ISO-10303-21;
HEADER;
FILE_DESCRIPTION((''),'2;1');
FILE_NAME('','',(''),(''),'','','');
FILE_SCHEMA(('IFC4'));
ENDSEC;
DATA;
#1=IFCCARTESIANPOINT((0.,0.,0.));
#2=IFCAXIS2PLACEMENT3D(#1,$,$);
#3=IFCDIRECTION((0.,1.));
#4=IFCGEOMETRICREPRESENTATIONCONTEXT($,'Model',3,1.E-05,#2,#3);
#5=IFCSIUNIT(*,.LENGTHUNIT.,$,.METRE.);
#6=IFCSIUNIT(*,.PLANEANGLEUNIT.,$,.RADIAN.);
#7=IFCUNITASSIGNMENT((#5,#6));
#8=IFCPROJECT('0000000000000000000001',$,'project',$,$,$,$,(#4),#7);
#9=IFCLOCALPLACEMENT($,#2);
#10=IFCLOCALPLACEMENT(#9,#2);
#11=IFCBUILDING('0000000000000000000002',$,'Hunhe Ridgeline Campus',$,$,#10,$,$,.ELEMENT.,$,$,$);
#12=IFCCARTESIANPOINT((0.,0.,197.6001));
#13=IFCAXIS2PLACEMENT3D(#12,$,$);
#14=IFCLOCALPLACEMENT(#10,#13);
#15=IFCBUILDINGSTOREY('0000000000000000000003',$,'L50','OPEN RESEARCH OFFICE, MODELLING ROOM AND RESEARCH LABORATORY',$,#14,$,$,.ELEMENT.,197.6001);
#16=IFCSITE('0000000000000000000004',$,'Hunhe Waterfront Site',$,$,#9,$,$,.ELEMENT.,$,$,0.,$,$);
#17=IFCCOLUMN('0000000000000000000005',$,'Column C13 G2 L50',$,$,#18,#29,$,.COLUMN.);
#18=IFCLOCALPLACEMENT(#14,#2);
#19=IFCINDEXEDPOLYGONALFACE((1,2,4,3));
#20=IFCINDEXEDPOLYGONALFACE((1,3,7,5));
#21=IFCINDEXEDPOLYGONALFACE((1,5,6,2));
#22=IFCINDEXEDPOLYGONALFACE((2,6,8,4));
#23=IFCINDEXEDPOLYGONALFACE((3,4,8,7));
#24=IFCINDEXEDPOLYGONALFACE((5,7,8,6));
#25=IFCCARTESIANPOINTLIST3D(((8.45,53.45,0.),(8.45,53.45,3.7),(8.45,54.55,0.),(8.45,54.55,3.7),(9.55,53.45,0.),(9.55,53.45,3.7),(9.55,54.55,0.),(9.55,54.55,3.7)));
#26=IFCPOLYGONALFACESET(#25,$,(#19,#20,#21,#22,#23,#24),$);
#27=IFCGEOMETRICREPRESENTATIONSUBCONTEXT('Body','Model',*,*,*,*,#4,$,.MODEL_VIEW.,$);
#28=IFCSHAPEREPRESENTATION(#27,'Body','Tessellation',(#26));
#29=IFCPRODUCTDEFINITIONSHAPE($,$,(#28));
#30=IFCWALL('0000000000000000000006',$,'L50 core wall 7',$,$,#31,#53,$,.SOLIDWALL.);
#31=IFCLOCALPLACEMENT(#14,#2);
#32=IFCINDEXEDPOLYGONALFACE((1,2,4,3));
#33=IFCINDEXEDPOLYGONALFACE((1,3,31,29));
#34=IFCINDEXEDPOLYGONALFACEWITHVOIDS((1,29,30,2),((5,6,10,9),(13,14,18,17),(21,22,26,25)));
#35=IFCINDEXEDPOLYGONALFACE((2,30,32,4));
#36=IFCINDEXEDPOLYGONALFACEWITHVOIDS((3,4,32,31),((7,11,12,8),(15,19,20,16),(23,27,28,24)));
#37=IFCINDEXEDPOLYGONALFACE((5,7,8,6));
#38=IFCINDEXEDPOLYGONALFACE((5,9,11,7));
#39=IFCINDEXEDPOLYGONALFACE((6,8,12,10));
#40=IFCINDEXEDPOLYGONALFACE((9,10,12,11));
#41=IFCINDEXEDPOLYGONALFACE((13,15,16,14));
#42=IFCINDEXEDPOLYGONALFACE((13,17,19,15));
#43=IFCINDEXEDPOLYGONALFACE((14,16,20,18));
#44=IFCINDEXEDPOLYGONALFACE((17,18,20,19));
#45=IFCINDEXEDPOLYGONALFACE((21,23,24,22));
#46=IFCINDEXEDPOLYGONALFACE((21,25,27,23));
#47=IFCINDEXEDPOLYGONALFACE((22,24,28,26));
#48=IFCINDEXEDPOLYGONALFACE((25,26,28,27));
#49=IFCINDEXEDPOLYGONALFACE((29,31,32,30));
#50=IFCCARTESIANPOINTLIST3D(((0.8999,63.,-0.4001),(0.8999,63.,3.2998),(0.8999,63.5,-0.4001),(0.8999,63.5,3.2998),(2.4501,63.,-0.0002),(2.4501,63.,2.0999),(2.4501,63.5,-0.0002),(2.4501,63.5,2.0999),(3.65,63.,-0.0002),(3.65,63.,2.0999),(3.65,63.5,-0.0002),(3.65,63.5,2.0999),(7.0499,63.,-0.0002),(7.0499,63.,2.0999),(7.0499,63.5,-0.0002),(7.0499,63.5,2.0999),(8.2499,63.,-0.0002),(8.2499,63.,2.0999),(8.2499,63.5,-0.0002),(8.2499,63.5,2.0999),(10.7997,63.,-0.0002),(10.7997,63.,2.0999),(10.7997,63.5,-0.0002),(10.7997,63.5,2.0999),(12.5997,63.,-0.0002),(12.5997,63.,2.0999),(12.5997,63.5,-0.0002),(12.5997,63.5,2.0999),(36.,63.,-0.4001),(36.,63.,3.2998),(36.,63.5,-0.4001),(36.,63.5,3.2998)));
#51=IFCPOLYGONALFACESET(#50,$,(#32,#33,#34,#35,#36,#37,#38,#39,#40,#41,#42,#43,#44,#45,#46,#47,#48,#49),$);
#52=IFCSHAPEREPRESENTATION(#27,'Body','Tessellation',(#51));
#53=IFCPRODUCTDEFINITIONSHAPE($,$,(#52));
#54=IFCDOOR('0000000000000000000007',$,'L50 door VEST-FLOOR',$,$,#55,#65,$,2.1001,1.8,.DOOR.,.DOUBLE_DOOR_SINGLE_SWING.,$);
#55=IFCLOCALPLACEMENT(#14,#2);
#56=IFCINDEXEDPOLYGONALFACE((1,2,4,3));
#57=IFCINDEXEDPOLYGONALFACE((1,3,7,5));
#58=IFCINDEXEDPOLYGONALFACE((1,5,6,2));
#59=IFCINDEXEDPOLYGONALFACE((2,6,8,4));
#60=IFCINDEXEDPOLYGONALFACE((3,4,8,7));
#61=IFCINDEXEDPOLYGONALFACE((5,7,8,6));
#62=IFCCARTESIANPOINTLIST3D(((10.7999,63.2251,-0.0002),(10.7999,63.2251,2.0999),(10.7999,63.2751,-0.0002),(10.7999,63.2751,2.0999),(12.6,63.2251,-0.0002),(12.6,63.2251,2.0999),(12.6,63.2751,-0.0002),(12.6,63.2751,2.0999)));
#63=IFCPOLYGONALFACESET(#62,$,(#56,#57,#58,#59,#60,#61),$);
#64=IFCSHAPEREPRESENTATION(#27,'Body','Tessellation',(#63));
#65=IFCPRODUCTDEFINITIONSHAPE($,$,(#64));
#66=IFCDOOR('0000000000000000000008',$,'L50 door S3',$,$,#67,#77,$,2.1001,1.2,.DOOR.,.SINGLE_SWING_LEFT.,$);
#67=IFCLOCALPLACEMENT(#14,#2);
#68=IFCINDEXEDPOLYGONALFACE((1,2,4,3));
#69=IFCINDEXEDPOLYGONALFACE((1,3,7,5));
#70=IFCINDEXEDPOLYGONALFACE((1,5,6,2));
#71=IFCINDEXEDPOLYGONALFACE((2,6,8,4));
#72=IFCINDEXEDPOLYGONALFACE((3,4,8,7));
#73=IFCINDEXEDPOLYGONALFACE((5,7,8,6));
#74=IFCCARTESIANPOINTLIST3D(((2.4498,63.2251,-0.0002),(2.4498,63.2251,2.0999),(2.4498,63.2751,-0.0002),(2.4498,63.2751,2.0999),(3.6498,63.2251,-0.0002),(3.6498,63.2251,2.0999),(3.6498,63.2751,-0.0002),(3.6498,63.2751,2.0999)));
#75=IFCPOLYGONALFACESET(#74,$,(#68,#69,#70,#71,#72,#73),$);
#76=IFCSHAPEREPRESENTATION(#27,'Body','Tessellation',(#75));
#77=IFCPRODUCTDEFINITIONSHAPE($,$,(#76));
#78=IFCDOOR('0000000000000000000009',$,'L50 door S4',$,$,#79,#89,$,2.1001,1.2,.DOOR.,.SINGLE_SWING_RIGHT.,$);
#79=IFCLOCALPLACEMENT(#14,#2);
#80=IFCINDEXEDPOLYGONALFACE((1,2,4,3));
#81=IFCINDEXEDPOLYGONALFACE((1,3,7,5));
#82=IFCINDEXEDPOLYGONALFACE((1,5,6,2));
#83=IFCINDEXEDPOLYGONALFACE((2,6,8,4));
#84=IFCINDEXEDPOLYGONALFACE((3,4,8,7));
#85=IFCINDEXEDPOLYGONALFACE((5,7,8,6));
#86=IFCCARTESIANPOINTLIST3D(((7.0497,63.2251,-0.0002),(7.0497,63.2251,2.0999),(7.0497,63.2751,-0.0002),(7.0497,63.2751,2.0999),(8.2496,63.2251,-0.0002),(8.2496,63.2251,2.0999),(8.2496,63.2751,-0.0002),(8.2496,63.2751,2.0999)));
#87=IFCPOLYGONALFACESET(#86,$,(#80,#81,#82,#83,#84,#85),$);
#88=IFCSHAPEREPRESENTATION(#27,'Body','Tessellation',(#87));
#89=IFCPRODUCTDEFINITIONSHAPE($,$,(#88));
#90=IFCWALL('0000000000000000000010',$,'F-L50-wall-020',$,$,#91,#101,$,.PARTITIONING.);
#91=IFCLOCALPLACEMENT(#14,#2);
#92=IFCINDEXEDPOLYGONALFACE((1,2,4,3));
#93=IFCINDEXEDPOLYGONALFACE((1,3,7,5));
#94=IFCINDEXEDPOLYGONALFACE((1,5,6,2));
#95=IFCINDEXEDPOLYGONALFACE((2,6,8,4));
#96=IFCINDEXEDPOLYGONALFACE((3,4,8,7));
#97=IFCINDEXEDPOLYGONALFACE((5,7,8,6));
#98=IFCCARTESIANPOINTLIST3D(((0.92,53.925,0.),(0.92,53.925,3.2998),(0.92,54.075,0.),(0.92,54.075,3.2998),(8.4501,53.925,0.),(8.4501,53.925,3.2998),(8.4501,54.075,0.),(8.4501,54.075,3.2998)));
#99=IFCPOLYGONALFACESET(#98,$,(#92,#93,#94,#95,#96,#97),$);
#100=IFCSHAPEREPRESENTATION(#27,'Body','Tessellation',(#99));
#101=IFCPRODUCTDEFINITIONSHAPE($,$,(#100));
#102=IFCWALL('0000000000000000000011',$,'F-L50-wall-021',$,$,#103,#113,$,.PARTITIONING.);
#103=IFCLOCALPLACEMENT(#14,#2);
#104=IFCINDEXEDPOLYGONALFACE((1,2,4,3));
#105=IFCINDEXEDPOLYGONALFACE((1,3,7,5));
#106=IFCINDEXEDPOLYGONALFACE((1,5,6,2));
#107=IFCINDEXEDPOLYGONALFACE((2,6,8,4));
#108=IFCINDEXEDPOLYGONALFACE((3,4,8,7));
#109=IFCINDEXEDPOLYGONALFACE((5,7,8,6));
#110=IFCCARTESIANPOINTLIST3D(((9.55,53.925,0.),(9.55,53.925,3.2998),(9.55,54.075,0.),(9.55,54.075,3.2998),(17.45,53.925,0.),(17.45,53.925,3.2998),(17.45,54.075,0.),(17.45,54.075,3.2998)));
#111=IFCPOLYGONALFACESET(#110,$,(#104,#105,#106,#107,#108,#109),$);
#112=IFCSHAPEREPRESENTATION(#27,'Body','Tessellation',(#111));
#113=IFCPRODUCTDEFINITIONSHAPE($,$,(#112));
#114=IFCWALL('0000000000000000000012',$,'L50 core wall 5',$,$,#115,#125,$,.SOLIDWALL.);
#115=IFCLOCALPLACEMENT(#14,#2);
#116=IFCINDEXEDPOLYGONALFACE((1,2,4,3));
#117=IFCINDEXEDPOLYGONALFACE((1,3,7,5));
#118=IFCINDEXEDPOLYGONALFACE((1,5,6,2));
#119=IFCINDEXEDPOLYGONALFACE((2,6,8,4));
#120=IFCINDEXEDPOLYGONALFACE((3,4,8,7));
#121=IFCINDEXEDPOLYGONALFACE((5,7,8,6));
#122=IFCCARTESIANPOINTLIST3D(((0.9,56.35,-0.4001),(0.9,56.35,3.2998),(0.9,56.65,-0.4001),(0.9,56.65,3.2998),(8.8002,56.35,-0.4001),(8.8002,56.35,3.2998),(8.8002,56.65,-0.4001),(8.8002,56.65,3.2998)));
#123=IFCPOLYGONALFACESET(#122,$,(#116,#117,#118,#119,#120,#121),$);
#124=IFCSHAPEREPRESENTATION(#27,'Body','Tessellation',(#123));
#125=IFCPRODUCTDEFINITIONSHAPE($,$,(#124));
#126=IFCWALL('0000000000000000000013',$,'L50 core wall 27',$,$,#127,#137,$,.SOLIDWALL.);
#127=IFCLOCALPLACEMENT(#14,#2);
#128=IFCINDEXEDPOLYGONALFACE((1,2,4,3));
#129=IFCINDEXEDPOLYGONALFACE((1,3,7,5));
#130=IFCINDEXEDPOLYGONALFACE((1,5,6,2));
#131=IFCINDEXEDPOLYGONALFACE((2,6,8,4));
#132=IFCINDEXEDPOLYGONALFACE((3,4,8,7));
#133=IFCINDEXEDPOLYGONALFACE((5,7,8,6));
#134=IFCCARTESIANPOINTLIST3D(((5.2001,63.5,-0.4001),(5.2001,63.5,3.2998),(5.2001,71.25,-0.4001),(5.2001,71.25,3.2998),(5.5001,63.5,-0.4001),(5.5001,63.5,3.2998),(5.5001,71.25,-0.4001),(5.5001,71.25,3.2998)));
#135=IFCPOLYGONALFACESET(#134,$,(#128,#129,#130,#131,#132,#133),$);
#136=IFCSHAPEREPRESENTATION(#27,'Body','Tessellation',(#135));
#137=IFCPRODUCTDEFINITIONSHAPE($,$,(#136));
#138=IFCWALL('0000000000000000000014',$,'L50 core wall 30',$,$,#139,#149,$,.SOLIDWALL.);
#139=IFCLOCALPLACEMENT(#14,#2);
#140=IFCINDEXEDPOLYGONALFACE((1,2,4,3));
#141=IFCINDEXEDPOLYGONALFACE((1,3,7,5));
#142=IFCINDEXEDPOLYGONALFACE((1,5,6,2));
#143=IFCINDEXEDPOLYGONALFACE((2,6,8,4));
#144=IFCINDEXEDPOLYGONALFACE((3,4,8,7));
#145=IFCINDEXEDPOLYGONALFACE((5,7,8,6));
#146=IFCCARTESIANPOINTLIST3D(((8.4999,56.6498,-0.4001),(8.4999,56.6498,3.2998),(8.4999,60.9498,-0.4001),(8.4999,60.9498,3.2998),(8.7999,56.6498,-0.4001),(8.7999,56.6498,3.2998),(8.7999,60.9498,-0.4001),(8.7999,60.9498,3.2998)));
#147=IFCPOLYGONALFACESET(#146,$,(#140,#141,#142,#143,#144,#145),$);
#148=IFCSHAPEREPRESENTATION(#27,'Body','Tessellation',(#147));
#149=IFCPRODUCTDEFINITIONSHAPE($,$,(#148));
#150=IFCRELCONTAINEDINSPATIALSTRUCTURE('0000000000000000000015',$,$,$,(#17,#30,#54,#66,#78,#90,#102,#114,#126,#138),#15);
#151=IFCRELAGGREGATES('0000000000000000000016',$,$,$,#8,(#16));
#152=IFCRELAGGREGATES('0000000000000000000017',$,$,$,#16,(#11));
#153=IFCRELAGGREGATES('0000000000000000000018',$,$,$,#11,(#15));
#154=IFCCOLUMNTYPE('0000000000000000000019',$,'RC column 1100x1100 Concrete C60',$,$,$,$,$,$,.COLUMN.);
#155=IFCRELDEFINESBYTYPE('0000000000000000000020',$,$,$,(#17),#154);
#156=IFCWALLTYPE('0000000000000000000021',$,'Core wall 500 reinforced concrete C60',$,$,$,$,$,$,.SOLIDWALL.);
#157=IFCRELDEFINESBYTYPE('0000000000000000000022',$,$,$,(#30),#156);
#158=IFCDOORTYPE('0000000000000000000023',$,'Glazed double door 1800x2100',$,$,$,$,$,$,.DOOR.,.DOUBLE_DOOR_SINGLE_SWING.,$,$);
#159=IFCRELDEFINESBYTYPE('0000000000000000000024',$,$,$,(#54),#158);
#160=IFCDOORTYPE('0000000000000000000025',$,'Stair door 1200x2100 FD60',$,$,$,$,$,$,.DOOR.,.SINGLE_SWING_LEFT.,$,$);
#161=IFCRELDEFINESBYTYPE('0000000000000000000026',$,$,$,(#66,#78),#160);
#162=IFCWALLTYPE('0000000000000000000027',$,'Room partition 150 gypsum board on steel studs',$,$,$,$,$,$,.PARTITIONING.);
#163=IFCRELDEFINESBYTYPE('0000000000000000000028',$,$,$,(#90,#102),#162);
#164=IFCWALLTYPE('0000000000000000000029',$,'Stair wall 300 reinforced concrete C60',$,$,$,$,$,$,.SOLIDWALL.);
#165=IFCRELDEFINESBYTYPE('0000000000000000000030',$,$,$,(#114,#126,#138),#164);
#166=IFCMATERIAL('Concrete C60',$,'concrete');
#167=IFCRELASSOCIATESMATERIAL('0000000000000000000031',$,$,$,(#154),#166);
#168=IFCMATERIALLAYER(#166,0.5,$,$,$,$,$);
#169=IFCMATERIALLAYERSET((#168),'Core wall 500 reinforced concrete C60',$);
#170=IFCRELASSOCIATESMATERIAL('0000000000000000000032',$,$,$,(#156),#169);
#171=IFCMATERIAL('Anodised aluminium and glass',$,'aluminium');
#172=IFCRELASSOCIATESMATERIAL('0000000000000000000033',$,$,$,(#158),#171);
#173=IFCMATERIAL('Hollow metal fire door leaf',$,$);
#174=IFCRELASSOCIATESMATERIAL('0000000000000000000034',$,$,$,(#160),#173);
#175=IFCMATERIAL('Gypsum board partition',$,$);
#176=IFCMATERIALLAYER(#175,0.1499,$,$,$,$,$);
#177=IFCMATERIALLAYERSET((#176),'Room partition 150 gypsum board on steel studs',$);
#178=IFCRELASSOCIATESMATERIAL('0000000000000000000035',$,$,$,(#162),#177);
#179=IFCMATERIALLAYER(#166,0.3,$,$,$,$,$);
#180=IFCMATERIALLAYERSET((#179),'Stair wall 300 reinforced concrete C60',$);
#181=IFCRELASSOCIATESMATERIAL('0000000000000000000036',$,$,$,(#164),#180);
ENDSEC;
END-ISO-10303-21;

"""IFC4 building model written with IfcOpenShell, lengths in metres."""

from ifc_helpers import new_model, si_unit, direction, frame, frame_2d, origin, origin_2d, place, context, subcontext, project, spatial, rectangle, extrude, material, layer, layer_set, material_profile, profile_set, type_object, element, fill, save


model = new_model("IFC4")

# Units and contexts
model_context = context("Model", 3, precision=1e-05, world=origin(), true_north=direction((0.0, 1.0)))
body_context = subcontext(model_context, "Body", "Model", "MODEL_VIEW")
ifc_project = project(units=[si_unit("LENGTHUNIT", "METRE"), si_unit("PLANEANGLEUNIT", "RADIAN")], contexts=[model_context])

# Site, building, storey
site_placement = place(None, origin())
site = spatial("IfcSite", under=ifc_project, at=site_placement, Name="Hunhe Waterfront Site", CompositionType="ELEMENT", RefElevation=0.0)
building_placement = place(site_placement, origin())
building = spatial("IfcBuilding", under=site, at=building_placement, Name="Hunhe Ridgeline Campus", CompositionType="ELEMENT")
storey_placement = place(building_placement, frame((0.0, 0.0, 197.6001)))
storey = spatial("IfcBuildingStorey", under=building, at=storey_placement, Name="L50", Description="OPEN RESEARCH OFFICE, MODELLING ROOM AND RESEARCH LABORATORY", CompositionType="ELEMENT", Elevation=197.6001)

# Column
ifc_material_1 = material(Name="Concrete C60", Category="concrete")
ifc_material_profile = material_profile(ifc_material_1, rectangle(XDim=1.1001, YDim=1.1001, at=origin_2d()))
ifc_profile_set = profile_set([ifc_material_profile], Name="Concrete C60")
column_type = type_object("IfcColumnType", Name="RC column 1100x1100 Concrete C60", PredefinedType="COLUMN", material=ifc_profile_set)
column_placement = place(storey_placement, frame((9.0, 54.0, 0.0), z_axis=(0.0, 0.0, 1.0), x_axis=(1.0, 0.0, 0.0)))
element("IfcColumn", 1, at=column_placement, inside=storey, type_object=column_type, Name="Column C13 G2 L50", PredefinedType="COLUMN", context=body_context, shape_type="SweptSolid", body=[
    extrude(rectangle(XDim=1.1001, YDim=1.1001, at=origin_2d()), origin(), (0.0, 0.0, 1.0), 3.7),
])

# Wall, openings, doors
ifc_layer_1 = layer(ifc_material_1, 0.5)
ifc_layer_set_1 = layer_set([ifc_layer_1], Name="Core wall 500 reinforced concrete C60")
wall_type_1 = type_object("IfcWallType", Name="Core wall 500 reinforced concrete C60", PredefinedType="SOLIDWALL", material=ifc_layer_set_1)
wall_1_placement = place(storey_placement, frame((0.8999, 63.25, -0.4001), z_axis=(0.0, 0.0, 1.0), x_axis=(1.0, 0.0, 0.0)))
wall_1 = element("IfcWall", 2, at=wall_1_placement, inside=storey, type_object=wall_type_1, Name="L50 core wall 7", PredefinedType="SOLIDWALL", context=body_context, shape_type="SweptSolid", body=[
    extrude(rectangle(XDim=35.1001, YDim=0.5, at=frame_2d((17.55, 0.0))), origin(), (0.0, 0.0, 1.0), 3.7),
])
opening_1_placement = place(wall_1_placement, frame((9.8999, 0.0, 0.3999)))
opening_1 = element("IfcOpeningElement", 3, at=opening_1_placement, cuts=wall_1, PredefinedType="OPENING", context=body_context, shape_type="SweptSolid", body=[
    extrude(rectangle(XDim=1.8, YDim=2.1001, at=frame_2d((0.8999, 1.05))), frame((0.0, 0.25, 0.0), z_axis=(0.0, -1.0, 0.0), x_axis=(1.0, 0.0, 0.0)), (0.0, 0.0, 1.0), 0.5),
])
opening_2_placement = place(wall_1_placement, frame((1.55, 0.0, 0.3999)))
opening_2 = element("IfcOpeningElement", 4, at=opening_2_placement, cuts=wall_1, PredefinedType="OPENING", context=body_context, shape_type="SweptSolid", body=[
    extrude(rectangle(XDim=1.2, YDim=2.1001, at=frame_2d((0.6001, 1.05))), frame((0.0, 0.25, 0.0), z_axis=(0.0, -1.0, 0.0), x_axis=(1.0, 0.0, 0.0)), (0.0, 0.0, 1.0), 0.5),
])
opening_3_placement = place(wall_1_placement, frame((6.1499, 0.0, 0.3999)))
opening_3 = element("IfcOpeningElement", 5, at=opening_3_placement, cuts=wall_1, PredefinedType="OPENING", context=body_context, shape_type="SweptSolid", body=[
    extrude(rectangle(XDim=1.2, YDim=2.1001, at=frame_2d((0.6001, 1.05))), frame((0.0, 0.25, 0.0), z_axis=(0.0, -1.0, 0.0), x_axis=(1.0, 0.0, 0.0)), (0.0, 0.0, 1.0), 0.5),
])
ifc_material_2 = material(Name="Anodised aluminium and glass", Category="aluminium")
door_type_1 = type_object("IfcDoorType", Name="Glazed double door 1800x2100", OperationType="DOUBLE_DOOR_SINGLE_SWING", PredefinedType="DOOR", material=ifc_material_2)
door_1_placement = place(opening_1_placement, frame((1.8, 0.0, 0.0), z_axis=(0.0, 0.0, 1.0), x_axis=(-1.0, 0.0, 0.0)))
door_1 = element("IfcDoor", 6, at=door_1_placement, inside=storey, type_object=door_type_1, Name="L50 door VEST-FLOOR", OperationType="DOUBLE_DOOR_SINGLE_SWING", OverallHeight=2.1001, OverallWidth=1.8, PredefinedType="DOOR", context=body_context, shape_type="SweptSolid", body=[
    extrude(rectangle(XDim=1.8, YDim=2.1001, at=frame_2d((0.8999, 1.05))), frame((0.0, 0.0249, 0.0), z_axis=(0.0, -1.0, 0.0), x_axis=(1.0, 0.0, 0.0)), (0.0, 0.0, 1.0), 0.05),
])
fill(opening_1, door_1)
ifc_material_3 = material(Name="Hollow metal fire door leaf")
door_type_2 = type_object("IfcDoorType", Name="Stair door 1200x2100 FD60", OperationType="SINGLE_SWING_LEFT", PredefinedType="DOOR", material=ifc_material_3)
door_2_placement = place(opening_2_placement, frame((1.2, 0.0, 0.0), z_axis=(0.0, 0.0, 1.0), x_axis=(-1.0, 0.0, 0.0)))
door_2 = element("IfcDoor", 7, at=door_2_placement, inside=storey, type_object=door_type_2, Name="L50 door S3", OperationType="SINGLE_SWING_LEFT", OverallHeight=2.1001, OverallWidth=1.2, PredefinedType="DOOR", context=body_context, shape_type="SweptSolid", body=[
    extrude(rectangle(XDim=1.2, YDim=2.1001, at=frame_2d((0.6001, 1.05))), frame((0.0, 0.0249, 0.0), z_axis=(0.0, -1.0, 0.0), x_axis=(1.0, 0.0, 0.0)), (0.0, 0.0, 1.0), 0.05),
])
fill(opening_2, door_2)
door_3_placement = place(opening_3_placement, frame((1.2, 0.0, 0.0), z_axis=(0.0, 0.0, 1.0), x_axis=(-1.0, 0.0, 0.0)))
door_3 = element("IfcDoor", 8, at=door_3_placement, inside=storey, type_object=door_type_2, Name="L50 door S4", OperationType="SINGLE_SWING_RIGHT", OverallHeight=2.1001, OverallWidth=1.2, PredefinedType="DOOR", context=body_context, shape_type="SweptSolid", body=[
    extrude(rectangle(XDim=1.2, YDim=2.1001, at=frame_2d((0.6001, 1.05))), frame((0.0, 0.0249, 0.0), z_axis=(0.0, -1.0, 0.0), x_axis=(1.0, 0.0, 0.0)), (0.0, 0.0, 1.0), 0.05),
])
fill(opening_3, door_3)

# Walls
ifc_material_4 = material(Name="Gypsum board partition")
ifc_layer_2 = layer(ifc_material_4, 0.1499)
ifc_layer_set_2 = layer_set([ifc_layer_2], Name="Room partition 150 gypsum board on steel studs")
wall_type_2 = type_object("IfcWallType", Name="Room partition 150 gypsum board on steel studs", PredefinedType="PARTITIONING", material=ifc_layer_set_2)
wall_2_placement = place(storey_placement, frame((0.9199, 54.0, 0.0), z_axis=(0.0, 0.0, 1.0), x_axis=(1.0, 0.0, 0.0)))
element("IfcWall", 9, at=wall_2_placement, inside=storey, type_object=wall_type_2, Name="F-L50-wall-020", PredefinedType="PARTITIONING", context=body_context, shape_type="SweptSolid", body=[
    extrude(rectangle(XDim=7.53, YDim=0.1499, at=frame_2d((3.7651, 0.0))), origin(), (0.0, 0.0, 1.0), 3.2998),
])
wall_3_placement = place(storey_placement, frame((9.55, 54.0, 0.0), z_axis=(0.0, 0.0, 1.0), x_axis=(1.0, 0.0, 0.0)))
element("IfcWall", 10, at=wall_3_placement, inside=storey, type_object=wall_type_2, Name="F-L50-wall-021", PredefinedType="PARTITIONING", context=body_context, shape_type="SweptSolid", body=[
    extrude(rectangle(XDim=7.8999, YDim=0.1499, at=frame_2d((3.95, 0.0))), origin(), (0.0, 0.0, 1.0), 3.2998),
])
ifc_layer_3 = layer(ifc_material_1, 0.3)
ifc_layer_set_3 = layer_set([ifc_layer_3], Name="Stair wall 300 reinforced concrete C60")
wall_type_3 = type_object("IfcWallType", Name="Stair wall 300 reinforced concrete C60", PredefinedType="SOLIDWALL", material=ifc_layer_set_3)
wall_4_placement = place(storey_placement, frame((0.8999, 56.5, -0.4001), z_axis=(0.0, 0.0, 1.0), x_axis=(1.0, 0.0, 0.0)))
element("IfcWall", 11, at=wall_4_placement, inside=storey, type_object=wall_type_3, Name="L50 core wall 5", PredefinedType="SOLIDWALL", context=body_context, shape_type="SweptSolid", body=[
    extrude(rectangle(XDim=7.9001, YDim=0.3, at=frame_2d((3.9502, 0.0))), origin(), (0.0, 0.0, 1.0), 3.7),
])

# Walls
wall_5_placement = place(storey_placement, frame((5.3501, 63.5, -0.4001), z_axis=(0.0, 0.0, 1.0), x_axis=(0.0, 1.0, 0.0)))
element("IfcWall", 12, at=wall_5_placement, inside=storey, type_object=wall_type_3, Name="L50 core wall 27", PredefinedType="SOLIDWALL", context=body_context, shape_type="SweptSolid", body=[
    extrude(rectangle(XDim=7.75, YDim=0.3, at=frame_2d((3.875, 0.0))), origin(), (0.0, 0.0, 1.0), 3.7),
])
wall_6_placement = place(storey_placement, frame((8.6499, 56.6499, -0.4001), z_axis=(0.0, 0.0, 1.0), x_axis=(0.0, 1.0, 0.0)))
element("IfcWall", 13, at=wall_6_placement, inside=storey, type_object=wall_type_3, Name="L50 core wall 30", PredefinedType="SOLIDWALL", context=body_context, shape_type="SweptSolid", body=[
    extrude(rectangle(XDim=4.3, YDim=0.3, at=frame_2d((2.1499, 0.0))), origin(), (0.0, 0.0, 1.0), 3.7),
])

save(model, "model.ifc")
